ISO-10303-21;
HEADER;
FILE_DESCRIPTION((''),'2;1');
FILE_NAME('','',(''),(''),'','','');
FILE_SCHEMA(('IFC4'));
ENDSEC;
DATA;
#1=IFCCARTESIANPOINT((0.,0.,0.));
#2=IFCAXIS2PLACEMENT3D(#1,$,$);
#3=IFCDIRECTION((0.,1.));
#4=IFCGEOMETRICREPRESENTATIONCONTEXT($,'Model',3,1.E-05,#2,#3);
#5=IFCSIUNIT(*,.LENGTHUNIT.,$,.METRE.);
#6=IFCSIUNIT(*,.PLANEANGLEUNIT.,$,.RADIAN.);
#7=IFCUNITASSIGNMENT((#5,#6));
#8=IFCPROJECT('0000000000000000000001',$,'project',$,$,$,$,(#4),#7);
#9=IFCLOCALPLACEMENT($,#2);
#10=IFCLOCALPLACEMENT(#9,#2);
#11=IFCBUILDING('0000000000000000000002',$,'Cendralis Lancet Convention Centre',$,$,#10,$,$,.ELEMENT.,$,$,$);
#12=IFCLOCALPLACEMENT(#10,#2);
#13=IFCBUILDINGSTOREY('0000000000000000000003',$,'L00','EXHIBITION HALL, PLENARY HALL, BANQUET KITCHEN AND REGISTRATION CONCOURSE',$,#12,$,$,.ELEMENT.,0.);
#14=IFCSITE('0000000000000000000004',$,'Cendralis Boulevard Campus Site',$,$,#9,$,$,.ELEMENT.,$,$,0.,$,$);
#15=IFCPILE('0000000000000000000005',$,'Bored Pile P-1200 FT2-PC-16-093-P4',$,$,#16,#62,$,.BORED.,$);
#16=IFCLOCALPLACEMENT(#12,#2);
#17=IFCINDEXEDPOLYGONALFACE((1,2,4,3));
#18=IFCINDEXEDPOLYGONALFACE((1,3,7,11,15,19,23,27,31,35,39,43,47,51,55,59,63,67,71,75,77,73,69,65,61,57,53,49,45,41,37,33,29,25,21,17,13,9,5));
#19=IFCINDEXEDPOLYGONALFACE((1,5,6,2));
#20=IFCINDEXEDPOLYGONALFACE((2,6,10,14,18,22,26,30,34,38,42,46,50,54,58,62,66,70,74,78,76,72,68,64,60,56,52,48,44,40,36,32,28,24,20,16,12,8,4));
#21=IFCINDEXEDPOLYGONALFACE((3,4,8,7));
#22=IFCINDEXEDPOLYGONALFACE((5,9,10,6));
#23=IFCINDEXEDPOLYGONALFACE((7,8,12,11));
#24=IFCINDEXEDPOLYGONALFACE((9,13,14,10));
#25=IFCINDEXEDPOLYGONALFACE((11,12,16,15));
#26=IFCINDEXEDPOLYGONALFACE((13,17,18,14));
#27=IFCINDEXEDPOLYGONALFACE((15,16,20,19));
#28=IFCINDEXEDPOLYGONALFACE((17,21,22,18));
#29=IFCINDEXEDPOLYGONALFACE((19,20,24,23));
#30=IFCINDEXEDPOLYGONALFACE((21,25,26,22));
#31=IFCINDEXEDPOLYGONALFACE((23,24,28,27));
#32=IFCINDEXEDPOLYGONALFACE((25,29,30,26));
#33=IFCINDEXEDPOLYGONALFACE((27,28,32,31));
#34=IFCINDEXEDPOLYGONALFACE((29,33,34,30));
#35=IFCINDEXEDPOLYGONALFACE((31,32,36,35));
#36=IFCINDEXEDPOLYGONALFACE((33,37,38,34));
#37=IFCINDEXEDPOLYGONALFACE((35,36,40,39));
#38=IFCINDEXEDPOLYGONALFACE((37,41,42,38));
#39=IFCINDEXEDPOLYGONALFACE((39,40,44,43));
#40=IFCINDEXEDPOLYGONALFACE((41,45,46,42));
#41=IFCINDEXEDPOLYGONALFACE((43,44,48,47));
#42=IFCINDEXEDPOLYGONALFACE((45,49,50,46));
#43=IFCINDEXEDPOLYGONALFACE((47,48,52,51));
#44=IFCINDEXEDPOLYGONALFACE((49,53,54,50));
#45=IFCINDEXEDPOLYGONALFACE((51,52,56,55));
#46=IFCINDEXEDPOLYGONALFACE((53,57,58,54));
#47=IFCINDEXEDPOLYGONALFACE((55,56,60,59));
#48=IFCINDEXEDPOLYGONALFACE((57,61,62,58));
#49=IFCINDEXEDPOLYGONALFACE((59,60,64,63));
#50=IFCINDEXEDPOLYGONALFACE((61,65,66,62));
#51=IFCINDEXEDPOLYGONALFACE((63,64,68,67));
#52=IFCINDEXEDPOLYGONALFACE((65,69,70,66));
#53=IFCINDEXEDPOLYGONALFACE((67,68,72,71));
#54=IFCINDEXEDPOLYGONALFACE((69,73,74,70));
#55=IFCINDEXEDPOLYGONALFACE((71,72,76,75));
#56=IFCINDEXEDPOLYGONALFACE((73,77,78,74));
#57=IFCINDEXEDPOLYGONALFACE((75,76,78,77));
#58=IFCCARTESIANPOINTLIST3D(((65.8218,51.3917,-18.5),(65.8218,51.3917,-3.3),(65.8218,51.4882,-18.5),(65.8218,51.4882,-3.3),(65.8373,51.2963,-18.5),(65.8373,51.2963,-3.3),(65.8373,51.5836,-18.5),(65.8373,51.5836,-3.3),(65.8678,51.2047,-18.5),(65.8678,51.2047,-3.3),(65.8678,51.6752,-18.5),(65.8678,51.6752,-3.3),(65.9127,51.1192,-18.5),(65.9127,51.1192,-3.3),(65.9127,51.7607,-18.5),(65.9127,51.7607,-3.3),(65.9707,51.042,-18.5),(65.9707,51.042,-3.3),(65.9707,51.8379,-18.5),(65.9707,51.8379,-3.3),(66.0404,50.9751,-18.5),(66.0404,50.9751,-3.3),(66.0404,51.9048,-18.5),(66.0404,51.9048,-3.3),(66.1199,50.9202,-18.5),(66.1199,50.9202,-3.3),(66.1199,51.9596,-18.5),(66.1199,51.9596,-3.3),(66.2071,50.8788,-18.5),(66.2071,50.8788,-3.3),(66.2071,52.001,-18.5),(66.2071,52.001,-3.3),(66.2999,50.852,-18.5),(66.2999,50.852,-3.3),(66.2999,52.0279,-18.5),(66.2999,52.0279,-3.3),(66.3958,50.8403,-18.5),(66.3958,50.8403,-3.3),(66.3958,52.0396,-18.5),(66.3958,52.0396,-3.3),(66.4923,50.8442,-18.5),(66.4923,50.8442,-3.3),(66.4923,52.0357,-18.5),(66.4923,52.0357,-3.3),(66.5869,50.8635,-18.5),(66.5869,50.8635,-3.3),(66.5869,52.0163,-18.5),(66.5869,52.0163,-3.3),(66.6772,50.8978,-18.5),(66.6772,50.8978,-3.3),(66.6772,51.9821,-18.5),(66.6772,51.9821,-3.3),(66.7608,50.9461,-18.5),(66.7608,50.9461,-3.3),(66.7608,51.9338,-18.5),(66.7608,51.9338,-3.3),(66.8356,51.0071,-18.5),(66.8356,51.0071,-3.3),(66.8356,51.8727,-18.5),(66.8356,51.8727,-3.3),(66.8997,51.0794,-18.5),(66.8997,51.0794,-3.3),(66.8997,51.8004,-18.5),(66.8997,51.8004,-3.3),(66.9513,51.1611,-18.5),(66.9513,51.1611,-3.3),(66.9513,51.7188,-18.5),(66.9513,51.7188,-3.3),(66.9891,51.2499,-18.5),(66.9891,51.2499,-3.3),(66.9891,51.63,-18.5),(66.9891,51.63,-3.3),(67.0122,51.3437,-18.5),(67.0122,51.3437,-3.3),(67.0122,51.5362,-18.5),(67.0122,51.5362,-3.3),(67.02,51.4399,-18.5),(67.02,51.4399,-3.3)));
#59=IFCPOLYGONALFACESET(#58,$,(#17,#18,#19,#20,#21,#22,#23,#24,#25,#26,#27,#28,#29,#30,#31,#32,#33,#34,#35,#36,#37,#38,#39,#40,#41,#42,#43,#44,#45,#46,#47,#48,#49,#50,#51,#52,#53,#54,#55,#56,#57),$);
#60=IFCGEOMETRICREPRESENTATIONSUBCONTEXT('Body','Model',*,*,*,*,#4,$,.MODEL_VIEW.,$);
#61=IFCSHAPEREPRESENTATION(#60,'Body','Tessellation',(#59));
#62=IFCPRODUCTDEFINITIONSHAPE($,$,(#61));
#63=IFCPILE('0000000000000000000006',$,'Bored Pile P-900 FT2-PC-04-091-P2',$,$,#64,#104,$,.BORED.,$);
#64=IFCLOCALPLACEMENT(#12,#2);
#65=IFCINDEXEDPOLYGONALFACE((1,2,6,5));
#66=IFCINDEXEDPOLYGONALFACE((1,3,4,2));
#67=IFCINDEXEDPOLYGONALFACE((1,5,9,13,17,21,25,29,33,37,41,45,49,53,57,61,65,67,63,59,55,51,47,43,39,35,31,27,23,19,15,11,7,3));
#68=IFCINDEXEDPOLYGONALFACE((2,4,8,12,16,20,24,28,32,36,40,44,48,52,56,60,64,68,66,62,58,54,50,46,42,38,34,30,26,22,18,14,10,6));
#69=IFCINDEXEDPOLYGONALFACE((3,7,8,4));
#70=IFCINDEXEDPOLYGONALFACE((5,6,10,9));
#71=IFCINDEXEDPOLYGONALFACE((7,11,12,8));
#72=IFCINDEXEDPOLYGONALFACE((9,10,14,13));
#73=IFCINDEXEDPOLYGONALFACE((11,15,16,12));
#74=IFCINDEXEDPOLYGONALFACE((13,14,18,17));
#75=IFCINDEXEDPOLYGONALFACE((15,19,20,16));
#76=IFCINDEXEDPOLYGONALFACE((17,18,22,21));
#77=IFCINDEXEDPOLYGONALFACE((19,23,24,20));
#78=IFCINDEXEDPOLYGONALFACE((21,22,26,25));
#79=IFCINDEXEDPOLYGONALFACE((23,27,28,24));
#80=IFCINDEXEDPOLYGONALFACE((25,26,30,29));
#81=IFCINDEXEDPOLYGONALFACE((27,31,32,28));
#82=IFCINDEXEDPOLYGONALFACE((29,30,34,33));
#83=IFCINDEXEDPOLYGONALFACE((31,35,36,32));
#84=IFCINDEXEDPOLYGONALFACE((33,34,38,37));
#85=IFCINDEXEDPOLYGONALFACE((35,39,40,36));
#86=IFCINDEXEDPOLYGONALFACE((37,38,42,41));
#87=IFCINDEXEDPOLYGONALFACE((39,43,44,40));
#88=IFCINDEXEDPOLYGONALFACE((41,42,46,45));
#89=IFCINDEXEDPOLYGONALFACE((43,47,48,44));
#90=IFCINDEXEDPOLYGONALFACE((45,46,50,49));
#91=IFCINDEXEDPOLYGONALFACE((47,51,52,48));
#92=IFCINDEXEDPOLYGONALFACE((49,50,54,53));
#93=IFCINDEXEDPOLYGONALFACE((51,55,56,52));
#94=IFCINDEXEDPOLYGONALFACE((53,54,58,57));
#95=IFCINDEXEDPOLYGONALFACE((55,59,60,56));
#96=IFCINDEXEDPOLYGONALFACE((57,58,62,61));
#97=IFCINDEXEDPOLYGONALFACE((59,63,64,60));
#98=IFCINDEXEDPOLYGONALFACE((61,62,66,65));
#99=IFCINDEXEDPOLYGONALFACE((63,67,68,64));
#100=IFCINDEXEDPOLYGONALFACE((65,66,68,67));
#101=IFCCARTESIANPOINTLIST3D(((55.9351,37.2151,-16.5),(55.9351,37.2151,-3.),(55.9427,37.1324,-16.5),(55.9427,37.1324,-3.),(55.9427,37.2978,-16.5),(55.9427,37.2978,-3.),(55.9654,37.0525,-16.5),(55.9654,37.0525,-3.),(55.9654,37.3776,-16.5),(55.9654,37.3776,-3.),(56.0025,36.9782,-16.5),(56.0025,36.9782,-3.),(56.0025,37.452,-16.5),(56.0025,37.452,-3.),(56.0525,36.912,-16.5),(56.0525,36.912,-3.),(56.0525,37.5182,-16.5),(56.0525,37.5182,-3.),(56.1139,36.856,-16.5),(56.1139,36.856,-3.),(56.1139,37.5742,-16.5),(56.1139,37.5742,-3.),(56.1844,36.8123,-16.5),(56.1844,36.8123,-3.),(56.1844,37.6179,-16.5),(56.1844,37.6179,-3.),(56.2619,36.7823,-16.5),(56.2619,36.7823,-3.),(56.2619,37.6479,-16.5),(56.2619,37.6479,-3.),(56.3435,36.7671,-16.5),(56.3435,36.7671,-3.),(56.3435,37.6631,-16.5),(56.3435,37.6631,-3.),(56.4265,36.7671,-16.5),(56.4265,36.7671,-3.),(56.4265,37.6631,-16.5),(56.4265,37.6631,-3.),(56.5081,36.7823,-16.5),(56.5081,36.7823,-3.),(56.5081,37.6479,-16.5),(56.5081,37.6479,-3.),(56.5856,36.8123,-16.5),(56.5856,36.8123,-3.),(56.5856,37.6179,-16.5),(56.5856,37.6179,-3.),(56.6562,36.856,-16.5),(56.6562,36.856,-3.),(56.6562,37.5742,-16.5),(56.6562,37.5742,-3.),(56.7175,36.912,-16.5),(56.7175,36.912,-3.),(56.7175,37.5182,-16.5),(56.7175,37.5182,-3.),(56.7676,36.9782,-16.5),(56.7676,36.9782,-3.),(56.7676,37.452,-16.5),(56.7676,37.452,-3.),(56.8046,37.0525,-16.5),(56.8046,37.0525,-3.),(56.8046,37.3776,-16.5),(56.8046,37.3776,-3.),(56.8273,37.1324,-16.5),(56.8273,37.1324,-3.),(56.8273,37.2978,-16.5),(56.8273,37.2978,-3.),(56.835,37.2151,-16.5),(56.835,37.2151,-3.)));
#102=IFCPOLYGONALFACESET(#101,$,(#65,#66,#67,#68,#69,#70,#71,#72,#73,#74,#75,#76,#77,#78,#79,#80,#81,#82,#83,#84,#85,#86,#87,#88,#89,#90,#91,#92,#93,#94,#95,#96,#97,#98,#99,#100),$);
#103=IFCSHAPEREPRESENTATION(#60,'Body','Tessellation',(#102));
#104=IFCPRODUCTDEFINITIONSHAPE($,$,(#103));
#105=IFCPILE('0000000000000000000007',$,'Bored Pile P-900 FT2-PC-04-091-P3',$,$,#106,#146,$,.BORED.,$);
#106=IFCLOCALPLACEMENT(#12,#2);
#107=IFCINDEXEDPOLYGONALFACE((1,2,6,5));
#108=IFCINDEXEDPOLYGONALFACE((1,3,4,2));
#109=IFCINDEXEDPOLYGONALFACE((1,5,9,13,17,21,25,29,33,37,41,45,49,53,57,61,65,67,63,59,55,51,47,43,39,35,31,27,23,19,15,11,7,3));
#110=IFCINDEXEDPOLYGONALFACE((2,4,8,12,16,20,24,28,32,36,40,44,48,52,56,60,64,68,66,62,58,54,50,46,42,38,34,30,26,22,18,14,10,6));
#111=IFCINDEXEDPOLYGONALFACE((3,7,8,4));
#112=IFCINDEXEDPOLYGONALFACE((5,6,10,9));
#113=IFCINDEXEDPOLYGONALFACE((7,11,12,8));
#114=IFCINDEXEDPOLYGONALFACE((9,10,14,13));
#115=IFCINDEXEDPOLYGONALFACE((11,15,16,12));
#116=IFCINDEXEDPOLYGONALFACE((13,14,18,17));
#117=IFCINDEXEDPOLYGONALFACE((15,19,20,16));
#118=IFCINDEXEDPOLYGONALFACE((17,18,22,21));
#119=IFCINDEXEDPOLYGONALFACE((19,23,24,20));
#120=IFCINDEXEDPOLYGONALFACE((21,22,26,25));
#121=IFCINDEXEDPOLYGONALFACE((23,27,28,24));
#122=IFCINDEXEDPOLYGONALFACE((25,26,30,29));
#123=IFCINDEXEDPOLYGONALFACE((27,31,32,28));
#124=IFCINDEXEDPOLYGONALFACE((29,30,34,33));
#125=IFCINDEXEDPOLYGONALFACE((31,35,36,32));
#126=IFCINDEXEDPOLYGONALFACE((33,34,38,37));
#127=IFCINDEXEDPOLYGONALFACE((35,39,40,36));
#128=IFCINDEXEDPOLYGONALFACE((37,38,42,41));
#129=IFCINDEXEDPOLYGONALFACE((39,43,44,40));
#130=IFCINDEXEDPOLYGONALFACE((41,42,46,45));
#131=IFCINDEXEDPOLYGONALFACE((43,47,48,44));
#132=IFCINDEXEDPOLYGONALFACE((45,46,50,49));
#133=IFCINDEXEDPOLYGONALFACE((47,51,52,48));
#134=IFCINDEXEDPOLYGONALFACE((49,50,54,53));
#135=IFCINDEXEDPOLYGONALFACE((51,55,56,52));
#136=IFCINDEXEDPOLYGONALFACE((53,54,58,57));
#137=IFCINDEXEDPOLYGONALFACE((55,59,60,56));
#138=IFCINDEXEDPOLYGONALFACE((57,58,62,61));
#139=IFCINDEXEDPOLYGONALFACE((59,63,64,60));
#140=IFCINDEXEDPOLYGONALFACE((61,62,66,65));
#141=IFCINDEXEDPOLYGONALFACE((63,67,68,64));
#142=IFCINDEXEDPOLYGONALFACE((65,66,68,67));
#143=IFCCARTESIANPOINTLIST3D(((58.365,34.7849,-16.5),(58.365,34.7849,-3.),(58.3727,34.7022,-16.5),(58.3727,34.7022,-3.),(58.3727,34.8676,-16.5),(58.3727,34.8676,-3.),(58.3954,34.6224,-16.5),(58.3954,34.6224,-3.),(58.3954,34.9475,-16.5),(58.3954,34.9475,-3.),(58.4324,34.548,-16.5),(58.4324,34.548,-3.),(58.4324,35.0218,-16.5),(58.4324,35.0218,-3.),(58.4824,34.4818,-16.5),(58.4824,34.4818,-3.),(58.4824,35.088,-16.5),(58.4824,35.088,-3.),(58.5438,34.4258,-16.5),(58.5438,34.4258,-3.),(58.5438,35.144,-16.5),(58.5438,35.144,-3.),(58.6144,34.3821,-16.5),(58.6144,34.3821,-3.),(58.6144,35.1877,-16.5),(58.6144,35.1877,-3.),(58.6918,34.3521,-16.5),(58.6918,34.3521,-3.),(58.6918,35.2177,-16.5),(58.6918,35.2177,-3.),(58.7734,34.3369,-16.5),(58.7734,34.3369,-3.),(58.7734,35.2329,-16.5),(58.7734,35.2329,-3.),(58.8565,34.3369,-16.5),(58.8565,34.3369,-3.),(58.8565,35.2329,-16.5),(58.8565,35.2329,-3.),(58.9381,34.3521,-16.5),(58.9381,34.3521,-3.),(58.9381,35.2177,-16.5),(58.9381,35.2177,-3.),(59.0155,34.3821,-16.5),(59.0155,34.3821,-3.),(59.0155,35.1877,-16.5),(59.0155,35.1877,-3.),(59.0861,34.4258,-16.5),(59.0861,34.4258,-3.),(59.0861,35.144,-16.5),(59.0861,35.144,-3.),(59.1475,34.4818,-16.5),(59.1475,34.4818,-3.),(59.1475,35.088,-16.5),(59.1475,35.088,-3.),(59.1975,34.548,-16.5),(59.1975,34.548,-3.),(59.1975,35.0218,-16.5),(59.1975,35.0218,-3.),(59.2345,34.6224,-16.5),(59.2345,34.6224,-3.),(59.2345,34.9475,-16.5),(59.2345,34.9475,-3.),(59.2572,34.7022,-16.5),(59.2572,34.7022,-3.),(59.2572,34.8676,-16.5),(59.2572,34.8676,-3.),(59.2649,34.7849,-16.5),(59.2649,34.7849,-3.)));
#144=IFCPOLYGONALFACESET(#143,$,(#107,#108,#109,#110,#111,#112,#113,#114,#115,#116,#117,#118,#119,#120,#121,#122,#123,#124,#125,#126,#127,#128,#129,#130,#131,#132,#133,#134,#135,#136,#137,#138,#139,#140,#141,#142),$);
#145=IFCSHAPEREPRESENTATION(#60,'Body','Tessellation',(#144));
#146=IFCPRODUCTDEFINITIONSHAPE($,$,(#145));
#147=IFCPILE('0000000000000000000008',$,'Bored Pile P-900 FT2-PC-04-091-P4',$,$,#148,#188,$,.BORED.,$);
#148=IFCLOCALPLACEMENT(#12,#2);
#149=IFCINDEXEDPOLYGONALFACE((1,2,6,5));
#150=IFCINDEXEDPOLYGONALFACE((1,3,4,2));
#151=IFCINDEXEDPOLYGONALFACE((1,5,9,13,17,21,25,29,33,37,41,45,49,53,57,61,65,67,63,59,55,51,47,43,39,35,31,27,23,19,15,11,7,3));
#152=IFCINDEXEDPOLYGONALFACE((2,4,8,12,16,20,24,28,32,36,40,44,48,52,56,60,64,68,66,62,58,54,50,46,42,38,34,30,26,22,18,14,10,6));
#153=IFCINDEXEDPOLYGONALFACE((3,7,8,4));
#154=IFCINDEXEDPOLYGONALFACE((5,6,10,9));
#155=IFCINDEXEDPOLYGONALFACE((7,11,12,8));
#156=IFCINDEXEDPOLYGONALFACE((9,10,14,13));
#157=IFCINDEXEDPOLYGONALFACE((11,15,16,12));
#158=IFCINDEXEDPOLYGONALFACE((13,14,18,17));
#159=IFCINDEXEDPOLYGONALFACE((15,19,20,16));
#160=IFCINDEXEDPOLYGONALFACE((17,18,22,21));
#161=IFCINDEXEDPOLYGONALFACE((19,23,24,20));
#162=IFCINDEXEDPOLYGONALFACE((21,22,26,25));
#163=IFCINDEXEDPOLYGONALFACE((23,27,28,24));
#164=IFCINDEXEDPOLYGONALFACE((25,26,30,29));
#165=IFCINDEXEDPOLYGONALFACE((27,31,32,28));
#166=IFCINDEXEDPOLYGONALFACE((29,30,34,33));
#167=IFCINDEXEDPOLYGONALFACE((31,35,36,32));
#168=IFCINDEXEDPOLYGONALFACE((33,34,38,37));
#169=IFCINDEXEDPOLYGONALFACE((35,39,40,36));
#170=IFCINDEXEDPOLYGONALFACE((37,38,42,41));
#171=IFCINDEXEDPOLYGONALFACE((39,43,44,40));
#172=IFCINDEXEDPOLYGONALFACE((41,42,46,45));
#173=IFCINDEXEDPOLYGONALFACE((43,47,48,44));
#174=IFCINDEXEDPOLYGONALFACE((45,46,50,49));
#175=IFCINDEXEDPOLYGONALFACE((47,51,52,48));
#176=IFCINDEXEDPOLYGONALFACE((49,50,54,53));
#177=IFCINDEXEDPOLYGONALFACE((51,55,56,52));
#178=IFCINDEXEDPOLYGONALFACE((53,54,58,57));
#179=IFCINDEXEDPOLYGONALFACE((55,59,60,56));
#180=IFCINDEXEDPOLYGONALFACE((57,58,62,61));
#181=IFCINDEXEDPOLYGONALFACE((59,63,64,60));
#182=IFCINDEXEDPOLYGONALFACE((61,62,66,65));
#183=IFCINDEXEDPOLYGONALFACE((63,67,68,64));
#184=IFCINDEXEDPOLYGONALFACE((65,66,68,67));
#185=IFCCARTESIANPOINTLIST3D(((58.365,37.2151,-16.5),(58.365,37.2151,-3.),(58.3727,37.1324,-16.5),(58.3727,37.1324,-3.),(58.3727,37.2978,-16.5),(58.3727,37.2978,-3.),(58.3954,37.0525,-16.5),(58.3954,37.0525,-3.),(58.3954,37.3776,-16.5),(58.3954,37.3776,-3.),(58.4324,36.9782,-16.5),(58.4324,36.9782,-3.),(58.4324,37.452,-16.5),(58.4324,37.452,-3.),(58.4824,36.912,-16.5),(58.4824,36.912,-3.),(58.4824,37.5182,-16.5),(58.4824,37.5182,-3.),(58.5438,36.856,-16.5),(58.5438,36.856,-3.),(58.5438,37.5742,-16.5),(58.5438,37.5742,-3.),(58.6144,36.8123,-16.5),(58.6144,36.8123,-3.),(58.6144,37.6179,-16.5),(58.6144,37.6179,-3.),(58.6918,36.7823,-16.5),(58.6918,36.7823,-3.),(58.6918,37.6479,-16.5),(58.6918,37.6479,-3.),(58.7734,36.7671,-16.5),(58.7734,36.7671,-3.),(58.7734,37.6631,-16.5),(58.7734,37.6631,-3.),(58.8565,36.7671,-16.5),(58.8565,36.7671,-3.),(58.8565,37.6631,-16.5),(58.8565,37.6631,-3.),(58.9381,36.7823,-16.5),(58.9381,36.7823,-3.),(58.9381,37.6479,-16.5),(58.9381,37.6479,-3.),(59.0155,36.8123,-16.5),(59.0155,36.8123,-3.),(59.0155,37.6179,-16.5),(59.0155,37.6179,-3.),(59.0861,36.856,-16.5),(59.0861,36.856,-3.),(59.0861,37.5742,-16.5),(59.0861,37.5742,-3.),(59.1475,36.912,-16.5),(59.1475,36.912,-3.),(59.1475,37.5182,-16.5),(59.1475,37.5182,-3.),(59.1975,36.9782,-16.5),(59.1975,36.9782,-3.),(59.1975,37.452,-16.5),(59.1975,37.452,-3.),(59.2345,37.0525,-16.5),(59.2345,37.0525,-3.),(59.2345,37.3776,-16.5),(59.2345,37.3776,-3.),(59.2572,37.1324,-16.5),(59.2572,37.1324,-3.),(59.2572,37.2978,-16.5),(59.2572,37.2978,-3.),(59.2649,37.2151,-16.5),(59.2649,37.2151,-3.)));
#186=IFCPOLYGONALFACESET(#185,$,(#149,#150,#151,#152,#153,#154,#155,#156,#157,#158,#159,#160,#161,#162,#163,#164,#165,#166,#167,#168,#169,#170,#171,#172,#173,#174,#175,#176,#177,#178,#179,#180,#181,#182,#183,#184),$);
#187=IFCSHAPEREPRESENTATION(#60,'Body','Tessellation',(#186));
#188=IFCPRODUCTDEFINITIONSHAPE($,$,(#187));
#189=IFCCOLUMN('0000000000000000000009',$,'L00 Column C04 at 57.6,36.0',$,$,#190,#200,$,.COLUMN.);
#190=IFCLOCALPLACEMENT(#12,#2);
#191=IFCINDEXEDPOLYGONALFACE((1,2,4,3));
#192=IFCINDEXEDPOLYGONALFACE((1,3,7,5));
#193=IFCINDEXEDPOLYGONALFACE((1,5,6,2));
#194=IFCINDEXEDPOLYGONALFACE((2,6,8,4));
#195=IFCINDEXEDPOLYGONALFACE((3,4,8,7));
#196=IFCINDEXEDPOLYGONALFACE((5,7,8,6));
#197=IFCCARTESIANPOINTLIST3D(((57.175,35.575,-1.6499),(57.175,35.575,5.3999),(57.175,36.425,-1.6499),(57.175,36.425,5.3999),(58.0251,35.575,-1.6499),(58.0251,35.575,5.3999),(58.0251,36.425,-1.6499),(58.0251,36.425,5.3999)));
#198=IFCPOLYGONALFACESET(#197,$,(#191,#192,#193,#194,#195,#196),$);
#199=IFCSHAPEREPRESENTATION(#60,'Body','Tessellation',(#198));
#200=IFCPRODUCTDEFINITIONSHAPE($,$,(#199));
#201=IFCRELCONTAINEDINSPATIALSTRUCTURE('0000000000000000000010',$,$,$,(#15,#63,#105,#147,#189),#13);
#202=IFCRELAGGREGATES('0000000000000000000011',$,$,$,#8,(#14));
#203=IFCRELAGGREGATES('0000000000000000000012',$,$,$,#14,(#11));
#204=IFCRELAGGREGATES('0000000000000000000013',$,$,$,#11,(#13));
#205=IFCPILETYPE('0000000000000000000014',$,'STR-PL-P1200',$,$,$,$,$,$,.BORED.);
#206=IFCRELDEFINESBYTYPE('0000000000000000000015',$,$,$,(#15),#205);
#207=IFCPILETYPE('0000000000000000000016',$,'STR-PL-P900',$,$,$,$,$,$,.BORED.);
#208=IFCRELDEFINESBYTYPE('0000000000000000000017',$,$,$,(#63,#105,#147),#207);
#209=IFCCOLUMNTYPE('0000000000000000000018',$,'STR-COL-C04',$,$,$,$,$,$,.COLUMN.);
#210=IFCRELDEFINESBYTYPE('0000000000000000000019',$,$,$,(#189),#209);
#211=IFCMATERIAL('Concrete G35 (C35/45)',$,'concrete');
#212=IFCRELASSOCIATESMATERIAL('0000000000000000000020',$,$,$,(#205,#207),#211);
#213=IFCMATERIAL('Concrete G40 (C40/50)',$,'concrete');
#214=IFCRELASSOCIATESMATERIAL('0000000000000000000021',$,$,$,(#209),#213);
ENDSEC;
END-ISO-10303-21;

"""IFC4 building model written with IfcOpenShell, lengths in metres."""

from ifc_helpers import new_model, si_unit, direction, frame, origin, origin_2d, place, context, subcontext, project, spatial, rectangle, circle, extrude, material, material_profile, profile_set, type_object, element, save


model = new_model("IFC4")

# Units and contexts
model_context = context("Model", 3, precision=1e-05, world=origin(), true_north=direction((0.0, 1.0)))
body_context = subcontext(model_context, "Body", "Model", "MODEL_VIEW")
ifc_project = project(units=[si_unit("LENGTHUNIT", "METRE"), si_unit("PLANEANGLEUNIT", "RADIAN")], contexts=[model_context])

# Site, building, storey
site_placement = place(None, origin())
site = spatial("IfcSite", under=ifc_project, at=site_placement, Name="Cendralis Boulevard Campus Site", CompositionType="ELEMENT", RefElevation=0.0)
building_placement = place(site_placement, origin())
building = spatial("IfcBuilding", under=site, at=building_placement, Name="Cendralis Lancet Convention Centre", CompositionType="ELEMENT")
storey_placement = place(building_placement, origin())
storey = spatial("IfcBuildingStorey", under=building, at=storey_placement, Name="L00", Description="EXHIBITION HALL, PLENARY HALL, BANQUET KITCHEN AND REGISTRATION CONCOURSE", CompositionType="ELEMENT", Elevation=0.0)

# Shared definitions
ifc_material_1 = material(Name="Concrete G35 (C35/45)", Category="concrete")

# Piles
ifc_material_profile_1 = material_profile(ifc_material_1, circle(Radius=0.6001, at=origin_2d()), Name="BORED PILE D1200")
ifc_profile_set_1 = profile_set([ifc_material_profile_1], Name="Concrete G35 (C35/45)")
pile_type_1 = type_object("IfcPileType", Name="STR-PL-P1200", PredefinedType="BORED", material=ifc_profile_set_1)
for number, where, z_axis, x_axis, name in (
    (1, (66.4199, 51.4399, -3.3), (0.0, 0.0, -1.0), (1.0, 0.0, 0.0), "Bored Pile P-1200 FT2-PC-16-093-P4"),
):
    element("IfcPile", number, at=place(storey_placement, frame(where, z_axis=z_axis, x_axis=x_axis)), inside=storey, type_object=pile_type_1, Name=name, PredefinedType="BORED", context=body_context, shape_type="SweptSolid", body=[
        extrude(circle(Radius=0.6001, at=origin_2d()), origin(), (0.0, 0.0, 1.0), 15.2),
    ])
ifc_material_profile_2 = material_profile(ifc_material_1, circle(Radius=0.45, at=origin_2d()), Name="BORED PILE D900")
ifc_profile_set_2 = profile_set([ifc_material_profile_2], Name="Concrete G35 (C35/45)")
pile_type_2 = type_object("IfcPileType", Name="STR-PL-P900", PredefinedType="BORED", material=ifc_profile_set_2)
for number, where, z_axis, x_axis, name in (
    (2, (56.385, 37.2151, -3.0), (0.0, 0.0, -1.0), (1.0, 0.0, 0.0), "Bored Pile P-900 FT2-PC-04-091-P2"),
    (3, (58.8149, 34.7849, -3.0), (0.0, 0.0, -1.0), (1.0, 0.0, 0.0), "Bored Pile P-900 FT2-PC-04-091-P3"),
    (4, (58.8149, 37.2151, -3.0), (0.0, 0.0, -1.0), (1.0, 0.0, 0.0), "Bored Pile P-900 FT2-PC-04-091-P4"),
):
    element("IfcPile", number, at=place(storey_placement, frame(where, z_axis=z_axis, x_axis=x_axis)), inside=storey, type_object=pile_type_2, Name=name, PredefinedType="BORED", context=body_context, shape_type="SweptSolid", body=[
        extrude(circle(Radius=0.45, at=origin_2d()), origin(), (0.0, 0.0, 1.0), 13.5),
    ])

# Column
ifc_material_2 = material(Name="Concrete G40 (C40/50)", Category="concrete")
ifc_material_profile_3 = material_profile(ifc_material_2, rectangle(XDim=0.8501, YDim=0.8501, at=origin_2d()), Name="RC 850x850")
ifc_profile_set_3 = profile_set([ifc_material_profile_3], Name="Concrete G40 (C40/50)")
column_type_1 = type_object("IfcColumnType", Name="STR-COL-C04", PredefinedType="COLUMN", material=ifc_profile_set_3)
column_1_placement = place(storey_placement, frame((57.6001, 36.0, -1.6499), z_axis=(0.0, 0.0, 1.0), x_axis=(1.0, 0.0, 0.0)))
element("IfcColumn", 5, at=column_1_placement, inside=storey, type_object=column_type_1, Name="L00 Column C04 at 57.6,36.0", PredefinedType="COLUMN", context=body_context, shape_type="SweptSolid", body=[
    extrude(rectangle(XDim=0.8501, YDim=0.8501, at=origin_2d()), origin(), (0.0, 0.0, 1.0), 7.0498),
])

save(model, "model.ifc")
